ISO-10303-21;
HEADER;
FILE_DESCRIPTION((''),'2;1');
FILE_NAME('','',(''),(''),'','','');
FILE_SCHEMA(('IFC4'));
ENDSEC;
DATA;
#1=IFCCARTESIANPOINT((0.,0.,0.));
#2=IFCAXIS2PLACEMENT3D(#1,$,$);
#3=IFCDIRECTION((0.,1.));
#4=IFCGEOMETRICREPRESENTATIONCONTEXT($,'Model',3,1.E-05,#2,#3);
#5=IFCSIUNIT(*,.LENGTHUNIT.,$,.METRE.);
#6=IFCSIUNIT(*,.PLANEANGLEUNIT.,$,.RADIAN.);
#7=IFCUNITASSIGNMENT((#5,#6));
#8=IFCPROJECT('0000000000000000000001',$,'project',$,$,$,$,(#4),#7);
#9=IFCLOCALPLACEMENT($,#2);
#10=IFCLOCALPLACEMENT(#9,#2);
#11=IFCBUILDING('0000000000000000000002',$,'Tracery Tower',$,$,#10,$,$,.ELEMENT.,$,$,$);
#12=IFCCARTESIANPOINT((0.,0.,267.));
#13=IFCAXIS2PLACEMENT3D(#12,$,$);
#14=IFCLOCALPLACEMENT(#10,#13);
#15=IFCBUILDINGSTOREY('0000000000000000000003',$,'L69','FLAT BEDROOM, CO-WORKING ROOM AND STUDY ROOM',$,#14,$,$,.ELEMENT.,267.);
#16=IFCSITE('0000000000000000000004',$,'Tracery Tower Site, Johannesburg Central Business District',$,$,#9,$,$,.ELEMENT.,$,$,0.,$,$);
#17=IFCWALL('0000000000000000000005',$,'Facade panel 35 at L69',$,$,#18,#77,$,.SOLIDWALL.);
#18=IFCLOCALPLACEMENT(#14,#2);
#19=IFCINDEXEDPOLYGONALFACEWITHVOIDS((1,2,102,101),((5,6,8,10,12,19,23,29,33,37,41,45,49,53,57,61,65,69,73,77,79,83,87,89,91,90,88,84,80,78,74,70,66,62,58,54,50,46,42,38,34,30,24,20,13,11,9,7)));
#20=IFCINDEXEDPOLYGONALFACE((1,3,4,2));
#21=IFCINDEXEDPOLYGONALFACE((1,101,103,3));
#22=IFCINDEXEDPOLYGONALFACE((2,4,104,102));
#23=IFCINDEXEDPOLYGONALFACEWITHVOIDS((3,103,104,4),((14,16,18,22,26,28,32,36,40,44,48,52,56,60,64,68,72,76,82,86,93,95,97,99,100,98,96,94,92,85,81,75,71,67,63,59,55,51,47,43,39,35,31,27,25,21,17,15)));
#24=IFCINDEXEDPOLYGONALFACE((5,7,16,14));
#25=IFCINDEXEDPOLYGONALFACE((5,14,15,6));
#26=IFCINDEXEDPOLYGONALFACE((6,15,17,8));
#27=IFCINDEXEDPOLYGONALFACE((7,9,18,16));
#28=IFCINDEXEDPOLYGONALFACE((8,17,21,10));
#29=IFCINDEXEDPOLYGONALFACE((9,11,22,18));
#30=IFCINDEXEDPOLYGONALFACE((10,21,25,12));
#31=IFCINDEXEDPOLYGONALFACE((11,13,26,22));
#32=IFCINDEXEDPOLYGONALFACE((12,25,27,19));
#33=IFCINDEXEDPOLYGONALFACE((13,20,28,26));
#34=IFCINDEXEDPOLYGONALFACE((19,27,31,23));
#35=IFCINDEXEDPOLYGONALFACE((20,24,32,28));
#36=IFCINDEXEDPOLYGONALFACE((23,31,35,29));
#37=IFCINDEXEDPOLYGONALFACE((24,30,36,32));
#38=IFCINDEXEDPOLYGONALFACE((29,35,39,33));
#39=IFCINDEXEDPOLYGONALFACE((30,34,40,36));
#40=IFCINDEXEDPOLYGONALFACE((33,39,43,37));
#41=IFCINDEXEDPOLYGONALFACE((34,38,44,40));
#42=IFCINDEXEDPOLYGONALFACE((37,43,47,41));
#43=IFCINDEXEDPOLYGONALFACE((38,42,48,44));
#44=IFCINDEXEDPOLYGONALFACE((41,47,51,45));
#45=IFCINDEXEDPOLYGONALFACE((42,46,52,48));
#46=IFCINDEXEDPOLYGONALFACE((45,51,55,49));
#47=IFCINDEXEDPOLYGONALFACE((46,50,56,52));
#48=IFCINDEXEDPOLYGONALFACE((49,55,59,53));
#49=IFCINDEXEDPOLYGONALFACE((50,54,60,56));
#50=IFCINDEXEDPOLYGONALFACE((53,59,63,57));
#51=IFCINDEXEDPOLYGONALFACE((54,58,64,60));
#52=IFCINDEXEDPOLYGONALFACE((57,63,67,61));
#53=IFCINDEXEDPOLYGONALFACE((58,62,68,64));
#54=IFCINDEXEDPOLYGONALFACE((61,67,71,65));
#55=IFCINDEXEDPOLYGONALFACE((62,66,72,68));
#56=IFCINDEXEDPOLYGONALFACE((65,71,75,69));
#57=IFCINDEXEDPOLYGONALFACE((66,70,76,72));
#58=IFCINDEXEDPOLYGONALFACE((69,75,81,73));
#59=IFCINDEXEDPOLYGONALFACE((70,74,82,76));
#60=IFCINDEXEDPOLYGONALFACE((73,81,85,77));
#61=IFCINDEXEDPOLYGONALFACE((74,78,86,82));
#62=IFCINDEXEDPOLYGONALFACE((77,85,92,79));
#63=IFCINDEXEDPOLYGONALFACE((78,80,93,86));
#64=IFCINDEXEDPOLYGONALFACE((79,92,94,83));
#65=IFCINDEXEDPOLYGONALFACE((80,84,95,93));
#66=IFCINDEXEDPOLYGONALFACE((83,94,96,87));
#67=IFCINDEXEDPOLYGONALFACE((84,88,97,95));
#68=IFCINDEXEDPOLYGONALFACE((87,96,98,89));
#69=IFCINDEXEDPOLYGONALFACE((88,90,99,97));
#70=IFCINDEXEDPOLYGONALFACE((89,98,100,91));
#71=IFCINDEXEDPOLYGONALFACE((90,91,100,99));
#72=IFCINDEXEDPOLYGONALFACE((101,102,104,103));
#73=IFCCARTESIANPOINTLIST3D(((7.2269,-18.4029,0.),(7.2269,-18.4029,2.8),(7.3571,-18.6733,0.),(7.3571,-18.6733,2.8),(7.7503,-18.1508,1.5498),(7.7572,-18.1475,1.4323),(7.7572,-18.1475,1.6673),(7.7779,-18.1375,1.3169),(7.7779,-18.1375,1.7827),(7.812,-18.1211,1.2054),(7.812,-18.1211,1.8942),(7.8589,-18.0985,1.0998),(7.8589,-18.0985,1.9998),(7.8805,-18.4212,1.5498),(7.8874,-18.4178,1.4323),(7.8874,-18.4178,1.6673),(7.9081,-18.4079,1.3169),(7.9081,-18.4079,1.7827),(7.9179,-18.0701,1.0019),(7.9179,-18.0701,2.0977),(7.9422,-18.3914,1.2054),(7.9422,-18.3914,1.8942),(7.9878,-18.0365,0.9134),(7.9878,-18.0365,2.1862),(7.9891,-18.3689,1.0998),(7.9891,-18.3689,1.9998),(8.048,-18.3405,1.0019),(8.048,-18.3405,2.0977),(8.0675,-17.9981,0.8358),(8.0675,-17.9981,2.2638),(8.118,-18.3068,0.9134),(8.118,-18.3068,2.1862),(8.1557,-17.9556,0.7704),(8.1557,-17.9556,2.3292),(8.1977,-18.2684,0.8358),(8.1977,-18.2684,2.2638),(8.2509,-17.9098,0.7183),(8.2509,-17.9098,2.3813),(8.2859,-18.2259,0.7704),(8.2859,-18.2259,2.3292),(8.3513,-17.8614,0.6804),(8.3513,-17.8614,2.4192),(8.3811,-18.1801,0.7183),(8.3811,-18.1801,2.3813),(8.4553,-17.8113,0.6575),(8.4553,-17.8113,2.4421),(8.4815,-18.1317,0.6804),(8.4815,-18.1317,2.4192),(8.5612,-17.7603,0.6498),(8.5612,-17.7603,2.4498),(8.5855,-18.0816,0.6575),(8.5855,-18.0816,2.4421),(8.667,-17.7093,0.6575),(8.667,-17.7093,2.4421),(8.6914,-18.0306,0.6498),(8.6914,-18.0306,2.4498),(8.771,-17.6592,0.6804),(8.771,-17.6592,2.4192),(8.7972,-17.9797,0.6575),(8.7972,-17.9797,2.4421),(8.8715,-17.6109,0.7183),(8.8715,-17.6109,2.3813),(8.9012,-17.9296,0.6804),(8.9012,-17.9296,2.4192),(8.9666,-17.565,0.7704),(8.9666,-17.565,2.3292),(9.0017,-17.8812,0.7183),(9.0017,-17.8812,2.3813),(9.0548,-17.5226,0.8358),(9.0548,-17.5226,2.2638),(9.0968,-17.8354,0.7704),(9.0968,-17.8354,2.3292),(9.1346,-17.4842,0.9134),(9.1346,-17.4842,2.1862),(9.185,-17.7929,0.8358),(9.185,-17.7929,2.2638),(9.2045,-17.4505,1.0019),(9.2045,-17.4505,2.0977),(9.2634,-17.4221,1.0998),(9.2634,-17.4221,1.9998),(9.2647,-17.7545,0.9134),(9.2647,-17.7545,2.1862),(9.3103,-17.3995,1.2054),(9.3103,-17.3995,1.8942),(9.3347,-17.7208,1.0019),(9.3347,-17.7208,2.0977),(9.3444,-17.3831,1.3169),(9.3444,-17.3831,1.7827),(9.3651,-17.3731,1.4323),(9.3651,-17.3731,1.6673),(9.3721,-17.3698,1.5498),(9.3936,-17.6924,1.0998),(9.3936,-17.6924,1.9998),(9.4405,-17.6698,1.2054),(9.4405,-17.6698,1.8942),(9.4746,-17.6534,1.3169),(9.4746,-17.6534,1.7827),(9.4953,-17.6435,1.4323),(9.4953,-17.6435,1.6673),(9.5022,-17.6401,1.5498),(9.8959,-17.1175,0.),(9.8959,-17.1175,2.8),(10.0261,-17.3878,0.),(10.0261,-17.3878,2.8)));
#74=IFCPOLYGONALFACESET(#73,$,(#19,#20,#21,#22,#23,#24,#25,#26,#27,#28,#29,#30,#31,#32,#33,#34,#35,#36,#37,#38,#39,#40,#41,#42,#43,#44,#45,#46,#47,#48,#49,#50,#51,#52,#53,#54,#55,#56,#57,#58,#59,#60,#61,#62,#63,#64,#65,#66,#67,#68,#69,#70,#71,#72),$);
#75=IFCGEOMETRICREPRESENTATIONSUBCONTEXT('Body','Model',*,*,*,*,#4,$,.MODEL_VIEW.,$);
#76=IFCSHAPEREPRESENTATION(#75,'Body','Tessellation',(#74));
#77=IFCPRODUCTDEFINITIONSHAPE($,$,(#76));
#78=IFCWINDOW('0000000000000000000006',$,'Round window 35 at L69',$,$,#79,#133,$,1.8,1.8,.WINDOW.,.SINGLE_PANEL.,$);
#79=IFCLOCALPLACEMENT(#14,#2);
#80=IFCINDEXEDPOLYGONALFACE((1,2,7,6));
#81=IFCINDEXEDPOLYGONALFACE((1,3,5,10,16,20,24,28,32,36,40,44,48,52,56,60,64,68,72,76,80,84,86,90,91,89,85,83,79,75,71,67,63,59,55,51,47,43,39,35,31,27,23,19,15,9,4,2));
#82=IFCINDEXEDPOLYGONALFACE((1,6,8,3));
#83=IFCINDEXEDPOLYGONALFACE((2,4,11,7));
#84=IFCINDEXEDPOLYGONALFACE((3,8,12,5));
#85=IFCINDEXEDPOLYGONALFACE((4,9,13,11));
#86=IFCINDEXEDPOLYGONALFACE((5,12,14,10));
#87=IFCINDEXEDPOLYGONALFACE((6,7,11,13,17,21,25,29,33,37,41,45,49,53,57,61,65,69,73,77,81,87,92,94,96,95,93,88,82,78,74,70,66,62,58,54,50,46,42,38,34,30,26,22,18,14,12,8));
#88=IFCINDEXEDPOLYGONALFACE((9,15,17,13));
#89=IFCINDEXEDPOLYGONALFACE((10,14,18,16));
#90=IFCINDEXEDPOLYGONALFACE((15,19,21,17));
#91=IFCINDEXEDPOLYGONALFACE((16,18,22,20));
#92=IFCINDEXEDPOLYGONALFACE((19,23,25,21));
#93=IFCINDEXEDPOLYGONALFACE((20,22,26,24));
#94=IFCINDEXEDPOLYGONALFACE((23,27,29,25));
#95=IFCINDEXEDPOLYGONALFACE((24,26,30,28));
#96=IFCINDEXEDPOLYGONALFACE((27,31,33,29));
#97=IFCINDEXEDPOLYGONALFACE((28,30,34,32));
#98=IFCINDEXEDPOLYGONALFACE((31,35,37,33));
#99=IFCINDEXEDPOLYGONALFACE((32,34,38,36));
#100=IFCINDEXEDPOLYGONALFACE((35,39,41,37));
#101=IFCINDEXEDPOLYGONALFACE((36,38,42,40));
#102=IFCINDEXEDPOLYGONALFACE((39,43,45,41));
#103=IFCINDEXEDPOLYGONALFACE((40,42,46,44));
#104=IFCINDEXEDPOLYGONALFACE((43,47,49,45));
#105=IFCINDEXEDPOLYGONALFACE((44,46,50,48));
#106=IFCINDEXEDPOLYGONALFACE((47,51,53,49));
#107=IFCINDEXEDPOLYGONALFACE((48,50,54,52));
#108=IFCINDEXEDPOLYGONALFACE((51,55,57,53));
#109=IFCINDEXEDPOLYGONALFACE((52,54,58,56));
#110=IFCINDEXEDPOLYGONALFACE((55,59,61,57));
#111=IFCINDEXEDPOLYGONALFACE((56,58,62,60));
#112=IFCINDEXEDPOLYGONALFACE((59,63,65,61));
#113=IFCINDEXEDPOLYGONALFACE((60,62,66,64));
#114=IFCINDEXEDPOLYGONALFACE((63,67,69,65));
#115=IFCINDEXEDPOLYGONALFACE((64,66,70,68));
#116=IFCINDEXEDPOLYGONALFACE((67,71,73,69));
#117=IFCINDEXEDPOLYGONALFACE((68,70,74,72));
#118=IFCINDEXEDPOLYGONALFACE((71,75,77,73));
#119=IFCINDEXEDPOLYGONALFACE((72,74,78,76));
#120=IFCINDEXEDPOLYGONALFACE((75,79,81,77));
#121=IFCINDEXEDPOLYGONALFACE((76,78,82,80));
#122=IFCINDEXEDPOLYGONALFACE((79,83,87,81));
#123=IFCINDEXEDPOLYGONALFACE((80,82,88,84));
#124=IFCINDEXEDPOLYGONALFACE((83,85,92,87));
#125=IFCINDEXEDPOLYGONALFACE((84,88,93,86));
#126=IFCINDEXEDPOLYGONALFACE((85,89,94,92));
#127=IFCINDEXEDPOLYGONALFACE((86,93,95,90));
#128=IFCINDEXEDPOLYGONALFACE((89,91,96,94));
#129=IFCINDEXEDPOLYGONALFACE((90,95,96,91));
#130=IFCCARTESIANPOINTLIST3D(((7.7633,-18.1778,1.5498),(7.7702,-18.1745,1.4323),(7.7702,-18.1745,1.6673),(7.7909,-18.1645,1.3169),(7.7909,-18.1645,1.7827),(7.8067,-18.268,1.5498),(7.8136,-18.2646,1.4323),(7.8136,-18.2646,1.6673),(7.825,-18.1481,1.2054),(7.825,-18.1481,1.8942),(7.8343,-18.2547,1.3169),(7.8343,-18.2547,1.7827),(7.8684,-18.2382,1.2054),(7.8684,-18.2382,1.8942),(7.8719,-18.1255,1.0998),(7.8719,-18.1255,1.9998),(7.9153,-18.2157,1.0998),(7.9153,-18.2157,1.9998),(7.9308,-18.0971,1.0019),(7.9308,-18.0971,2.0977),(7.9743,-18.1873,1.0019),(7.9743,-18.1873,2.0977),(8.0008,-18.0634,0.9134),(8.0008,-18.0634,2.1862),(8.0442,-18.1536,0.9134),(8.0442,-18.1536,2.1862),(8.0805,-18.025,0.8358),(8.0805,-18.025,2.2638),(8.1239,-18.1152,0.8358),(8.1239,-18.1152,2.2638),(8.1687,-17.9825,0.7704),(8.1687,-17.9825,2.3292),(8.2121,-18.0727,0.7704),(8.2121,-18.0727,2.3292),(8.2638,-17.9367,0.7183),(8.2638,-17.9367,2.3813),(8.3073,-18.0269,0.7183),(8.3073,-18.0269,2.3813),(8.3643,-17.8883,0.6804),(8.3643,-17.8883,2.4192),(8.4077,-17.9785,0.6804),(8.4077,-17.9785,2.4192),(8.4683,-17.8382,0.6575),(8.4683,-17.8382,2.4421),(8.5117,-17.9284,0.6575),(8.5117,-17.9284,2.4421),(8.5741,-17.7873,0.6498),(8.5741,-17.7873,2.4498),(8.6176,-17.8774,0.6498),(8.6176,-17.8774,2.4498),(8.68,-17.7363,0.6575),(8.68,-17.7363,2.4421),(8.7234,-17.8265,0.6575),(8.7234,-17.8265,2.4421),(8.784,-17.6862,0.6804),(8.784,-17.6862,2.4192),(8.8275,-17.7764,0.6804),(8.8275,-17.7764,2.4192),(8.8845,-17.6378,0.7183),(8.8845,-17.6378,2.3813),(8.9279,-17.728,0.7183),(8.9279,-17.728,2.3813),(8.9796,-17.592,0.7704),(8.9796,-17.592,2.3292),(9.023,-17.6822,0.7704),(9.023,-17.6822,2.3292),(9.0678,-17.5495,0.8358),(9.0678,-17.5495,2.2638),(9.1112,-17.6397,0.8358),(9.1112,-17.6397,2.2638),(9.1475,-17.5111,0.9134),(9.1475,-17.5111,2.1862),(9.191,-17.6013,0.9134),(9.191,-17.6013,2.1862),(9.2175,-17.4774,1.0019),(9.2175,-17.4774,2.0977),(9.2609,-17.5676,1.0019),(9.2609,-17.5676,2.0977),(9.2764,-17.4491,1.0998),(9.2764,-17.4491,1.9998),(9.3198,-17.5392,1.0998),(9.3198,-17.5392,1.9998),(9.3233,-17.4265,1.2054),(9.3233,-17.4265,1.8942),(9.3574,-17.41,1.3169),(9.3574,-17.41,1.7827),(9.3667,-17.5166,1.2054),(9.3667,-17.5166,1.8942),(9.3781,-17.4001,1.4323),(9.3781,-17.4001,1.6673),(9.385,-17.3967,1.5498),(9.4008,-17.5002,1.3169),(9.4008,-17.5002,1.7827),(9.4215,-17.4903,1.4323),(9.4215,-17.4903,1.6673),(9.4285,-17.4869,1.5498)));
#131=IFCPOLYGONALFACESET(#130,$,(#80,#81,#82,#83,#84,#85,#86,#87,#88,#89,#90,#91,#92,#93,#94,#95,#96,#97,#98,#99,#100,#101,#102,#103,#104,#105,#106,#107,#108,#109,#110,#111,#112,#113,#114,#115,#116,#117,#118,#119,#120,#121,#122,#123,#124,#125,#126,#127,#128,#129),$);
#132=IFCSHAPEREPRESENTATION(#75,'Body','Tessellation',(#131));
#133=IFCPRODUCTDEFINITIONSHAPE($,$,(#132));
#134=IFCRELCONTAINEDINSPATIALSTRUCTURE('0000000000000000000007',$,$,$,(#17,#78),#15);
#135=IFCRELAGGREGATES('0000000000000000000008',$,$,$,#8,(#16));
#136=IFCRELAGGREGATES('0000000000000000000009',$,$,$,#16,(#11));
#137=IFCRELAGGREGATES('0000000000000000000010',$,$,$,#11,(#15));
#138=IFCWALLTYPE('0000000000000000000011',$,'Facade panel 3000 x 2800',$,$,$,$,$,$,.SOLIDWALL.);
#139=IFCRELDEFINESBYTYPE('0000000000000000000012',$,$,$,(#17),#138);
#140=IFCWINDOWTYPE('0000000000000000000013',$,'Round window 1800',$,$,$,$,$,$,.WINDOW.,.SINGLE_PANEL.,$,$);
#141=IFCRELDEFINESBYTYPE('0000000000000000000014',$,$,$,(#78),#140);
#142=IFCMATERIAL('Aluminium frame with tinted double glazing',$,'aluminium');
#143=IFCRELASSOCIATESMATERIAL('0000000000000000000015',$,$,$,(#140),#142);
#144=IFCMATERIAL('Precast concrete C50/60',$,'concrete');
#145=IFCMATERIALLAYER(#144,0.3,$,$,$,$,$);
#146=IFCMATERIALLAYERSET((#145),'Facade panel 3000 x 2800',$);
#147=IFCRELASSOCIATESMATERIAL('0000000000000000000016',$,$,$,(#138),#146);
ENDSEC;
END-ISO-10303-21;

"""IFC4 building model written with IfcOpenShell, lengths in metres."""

from ifc_helpers import new_model, si_unit, direction, frame, frame_2d, origin, origin_2d, place, context, subcontext, project, spatial, rectangle, circle, extrude, material, layer, layer_set, type_object, element, fill, save


model = new_model("IFC4")

# Units and contexts
model_context = context("Model", 3, precision=1e-05, world=origin(), true_north=direction((0.0, 1.0)))
body_context = subcontext(model_context, "Body", "Model", "MODEL_VIEW")
ifc_project = project(units=[si_unit("LENGTHUNIT", "METRE"), si_unit("PLANEANGLEUNIT", "RADIAN")], contexts=[model_context])

# Site, building, storey
site_placement = place(None, origin())
site = spatial("IfcSite", under=ifc_project, at=site_placement, Name="Tracery Tower Site, Johannesburg Central Business District", CompositionType="ELEMENT", RefElevation=0.0)
building_placement = place(site_placement, origin())
building = spatial("IfcBuilding", under=site, at=building_placement, Name="Tracery Tower", CompositionType="ELEMENT")
storey_placement = place(building_placement, frame((0.0, 0.0, 267.0)))
storey = spatial("IfcBuildingStorey", under=building, at=storey_placement, Name="L69", Description="FLAT BEDROOM, CO-WORKING ROOM AND STUDY ROOM", CompositionType="ELEMENT", Elevation=267.0)

# Wall, opening, window
ifc_material_1 = material(Name="Aluminium frame with tinted double glazing", Category="aluminium")
window_type = type_object("IfcWindowType", Name="Round window 1800", PartitioningType="SINGLE_PANEL", PredefinedType="WINDOW", material=ifc_material_1)
ifc_material_2 = material(Name="Precast concrete C50/60", Category="concrete")
ifc_layer_1 = layer(ifc_material_2, 0.3)
ifc_layer_set_1 = layer_set([ifc_layer_1], Name="Facade panel 3000 x 2800")
wall_type_1 = type_object("IfcWallType", Name="Facade panel 3000 x 2800", PredefinedType="SOLIDWALL", material=ifc_layer_set_1)
wall_1_placement = place(storey_placement, frame((7.292, -18.5381, 0.0), z_axis=(0.0, 0.0, 1.0), x_axis=(0.900955, 0.433912, 0.0)))
wall_1 = element("IfcWall", 1, at=wall_1_placement, inside=storey, type_object=wall_type_1, Name="Facade panel 35 at L69", PredefinedType="SOLIDWALL", context=body_context, shape_type="SweptSolid", body=[
    extrude(rectangle(XDim=2.9624, YDim=0.3, at=frame_2d((1.4812, 0.0))), origin(), (0.0, 0.0, 1.0), 2.8),
])
opening_1_placement = place(wall_1_placement, frame((1.481, 0.0, 1.5498)))
opening_1 = element("IfcOpeningElement", 2, at=opening_1_placement, cuts=wall_1, PredefinedType="OPENING", context=body_context, shape_type="SweptSolid", body=[
    extrude(circle(Radius=0.9, at=origin_2d()), frame((0.0, 0.1599, 0.0), z_axis=(0.0, -1.0, 0.0), x_axis=(1.0, 0.0, 0.0)), (0.0, 0.0, 1.0), 0.3201),
])
window_1_placement = place(opening_1_placement, origin())
window_1 = element("IfcWindow", 3, at=window_1_placement, inside=storey, type_object=window_type, Name="Round window 35 at L69", OverallHeight=1.8, OverallWidth=1.8, PartitioningType="SINGLE_PANEL", PredefinedType="WINDOW", context=body_context, shape_type="SweptSolid", body=[
    extrude(circle(Radius=0.9, at=origin_2d()), frame((0.0, 0.1201, 0.0), z_axis=(0.0, -1.0, 0.0), x_axis=(1.0, 0.0, 0.0)), (0.0, 0.0, 1.0), 0.1001),
])
fill(opening_1, window_1)

save(model, "model.ifc")
